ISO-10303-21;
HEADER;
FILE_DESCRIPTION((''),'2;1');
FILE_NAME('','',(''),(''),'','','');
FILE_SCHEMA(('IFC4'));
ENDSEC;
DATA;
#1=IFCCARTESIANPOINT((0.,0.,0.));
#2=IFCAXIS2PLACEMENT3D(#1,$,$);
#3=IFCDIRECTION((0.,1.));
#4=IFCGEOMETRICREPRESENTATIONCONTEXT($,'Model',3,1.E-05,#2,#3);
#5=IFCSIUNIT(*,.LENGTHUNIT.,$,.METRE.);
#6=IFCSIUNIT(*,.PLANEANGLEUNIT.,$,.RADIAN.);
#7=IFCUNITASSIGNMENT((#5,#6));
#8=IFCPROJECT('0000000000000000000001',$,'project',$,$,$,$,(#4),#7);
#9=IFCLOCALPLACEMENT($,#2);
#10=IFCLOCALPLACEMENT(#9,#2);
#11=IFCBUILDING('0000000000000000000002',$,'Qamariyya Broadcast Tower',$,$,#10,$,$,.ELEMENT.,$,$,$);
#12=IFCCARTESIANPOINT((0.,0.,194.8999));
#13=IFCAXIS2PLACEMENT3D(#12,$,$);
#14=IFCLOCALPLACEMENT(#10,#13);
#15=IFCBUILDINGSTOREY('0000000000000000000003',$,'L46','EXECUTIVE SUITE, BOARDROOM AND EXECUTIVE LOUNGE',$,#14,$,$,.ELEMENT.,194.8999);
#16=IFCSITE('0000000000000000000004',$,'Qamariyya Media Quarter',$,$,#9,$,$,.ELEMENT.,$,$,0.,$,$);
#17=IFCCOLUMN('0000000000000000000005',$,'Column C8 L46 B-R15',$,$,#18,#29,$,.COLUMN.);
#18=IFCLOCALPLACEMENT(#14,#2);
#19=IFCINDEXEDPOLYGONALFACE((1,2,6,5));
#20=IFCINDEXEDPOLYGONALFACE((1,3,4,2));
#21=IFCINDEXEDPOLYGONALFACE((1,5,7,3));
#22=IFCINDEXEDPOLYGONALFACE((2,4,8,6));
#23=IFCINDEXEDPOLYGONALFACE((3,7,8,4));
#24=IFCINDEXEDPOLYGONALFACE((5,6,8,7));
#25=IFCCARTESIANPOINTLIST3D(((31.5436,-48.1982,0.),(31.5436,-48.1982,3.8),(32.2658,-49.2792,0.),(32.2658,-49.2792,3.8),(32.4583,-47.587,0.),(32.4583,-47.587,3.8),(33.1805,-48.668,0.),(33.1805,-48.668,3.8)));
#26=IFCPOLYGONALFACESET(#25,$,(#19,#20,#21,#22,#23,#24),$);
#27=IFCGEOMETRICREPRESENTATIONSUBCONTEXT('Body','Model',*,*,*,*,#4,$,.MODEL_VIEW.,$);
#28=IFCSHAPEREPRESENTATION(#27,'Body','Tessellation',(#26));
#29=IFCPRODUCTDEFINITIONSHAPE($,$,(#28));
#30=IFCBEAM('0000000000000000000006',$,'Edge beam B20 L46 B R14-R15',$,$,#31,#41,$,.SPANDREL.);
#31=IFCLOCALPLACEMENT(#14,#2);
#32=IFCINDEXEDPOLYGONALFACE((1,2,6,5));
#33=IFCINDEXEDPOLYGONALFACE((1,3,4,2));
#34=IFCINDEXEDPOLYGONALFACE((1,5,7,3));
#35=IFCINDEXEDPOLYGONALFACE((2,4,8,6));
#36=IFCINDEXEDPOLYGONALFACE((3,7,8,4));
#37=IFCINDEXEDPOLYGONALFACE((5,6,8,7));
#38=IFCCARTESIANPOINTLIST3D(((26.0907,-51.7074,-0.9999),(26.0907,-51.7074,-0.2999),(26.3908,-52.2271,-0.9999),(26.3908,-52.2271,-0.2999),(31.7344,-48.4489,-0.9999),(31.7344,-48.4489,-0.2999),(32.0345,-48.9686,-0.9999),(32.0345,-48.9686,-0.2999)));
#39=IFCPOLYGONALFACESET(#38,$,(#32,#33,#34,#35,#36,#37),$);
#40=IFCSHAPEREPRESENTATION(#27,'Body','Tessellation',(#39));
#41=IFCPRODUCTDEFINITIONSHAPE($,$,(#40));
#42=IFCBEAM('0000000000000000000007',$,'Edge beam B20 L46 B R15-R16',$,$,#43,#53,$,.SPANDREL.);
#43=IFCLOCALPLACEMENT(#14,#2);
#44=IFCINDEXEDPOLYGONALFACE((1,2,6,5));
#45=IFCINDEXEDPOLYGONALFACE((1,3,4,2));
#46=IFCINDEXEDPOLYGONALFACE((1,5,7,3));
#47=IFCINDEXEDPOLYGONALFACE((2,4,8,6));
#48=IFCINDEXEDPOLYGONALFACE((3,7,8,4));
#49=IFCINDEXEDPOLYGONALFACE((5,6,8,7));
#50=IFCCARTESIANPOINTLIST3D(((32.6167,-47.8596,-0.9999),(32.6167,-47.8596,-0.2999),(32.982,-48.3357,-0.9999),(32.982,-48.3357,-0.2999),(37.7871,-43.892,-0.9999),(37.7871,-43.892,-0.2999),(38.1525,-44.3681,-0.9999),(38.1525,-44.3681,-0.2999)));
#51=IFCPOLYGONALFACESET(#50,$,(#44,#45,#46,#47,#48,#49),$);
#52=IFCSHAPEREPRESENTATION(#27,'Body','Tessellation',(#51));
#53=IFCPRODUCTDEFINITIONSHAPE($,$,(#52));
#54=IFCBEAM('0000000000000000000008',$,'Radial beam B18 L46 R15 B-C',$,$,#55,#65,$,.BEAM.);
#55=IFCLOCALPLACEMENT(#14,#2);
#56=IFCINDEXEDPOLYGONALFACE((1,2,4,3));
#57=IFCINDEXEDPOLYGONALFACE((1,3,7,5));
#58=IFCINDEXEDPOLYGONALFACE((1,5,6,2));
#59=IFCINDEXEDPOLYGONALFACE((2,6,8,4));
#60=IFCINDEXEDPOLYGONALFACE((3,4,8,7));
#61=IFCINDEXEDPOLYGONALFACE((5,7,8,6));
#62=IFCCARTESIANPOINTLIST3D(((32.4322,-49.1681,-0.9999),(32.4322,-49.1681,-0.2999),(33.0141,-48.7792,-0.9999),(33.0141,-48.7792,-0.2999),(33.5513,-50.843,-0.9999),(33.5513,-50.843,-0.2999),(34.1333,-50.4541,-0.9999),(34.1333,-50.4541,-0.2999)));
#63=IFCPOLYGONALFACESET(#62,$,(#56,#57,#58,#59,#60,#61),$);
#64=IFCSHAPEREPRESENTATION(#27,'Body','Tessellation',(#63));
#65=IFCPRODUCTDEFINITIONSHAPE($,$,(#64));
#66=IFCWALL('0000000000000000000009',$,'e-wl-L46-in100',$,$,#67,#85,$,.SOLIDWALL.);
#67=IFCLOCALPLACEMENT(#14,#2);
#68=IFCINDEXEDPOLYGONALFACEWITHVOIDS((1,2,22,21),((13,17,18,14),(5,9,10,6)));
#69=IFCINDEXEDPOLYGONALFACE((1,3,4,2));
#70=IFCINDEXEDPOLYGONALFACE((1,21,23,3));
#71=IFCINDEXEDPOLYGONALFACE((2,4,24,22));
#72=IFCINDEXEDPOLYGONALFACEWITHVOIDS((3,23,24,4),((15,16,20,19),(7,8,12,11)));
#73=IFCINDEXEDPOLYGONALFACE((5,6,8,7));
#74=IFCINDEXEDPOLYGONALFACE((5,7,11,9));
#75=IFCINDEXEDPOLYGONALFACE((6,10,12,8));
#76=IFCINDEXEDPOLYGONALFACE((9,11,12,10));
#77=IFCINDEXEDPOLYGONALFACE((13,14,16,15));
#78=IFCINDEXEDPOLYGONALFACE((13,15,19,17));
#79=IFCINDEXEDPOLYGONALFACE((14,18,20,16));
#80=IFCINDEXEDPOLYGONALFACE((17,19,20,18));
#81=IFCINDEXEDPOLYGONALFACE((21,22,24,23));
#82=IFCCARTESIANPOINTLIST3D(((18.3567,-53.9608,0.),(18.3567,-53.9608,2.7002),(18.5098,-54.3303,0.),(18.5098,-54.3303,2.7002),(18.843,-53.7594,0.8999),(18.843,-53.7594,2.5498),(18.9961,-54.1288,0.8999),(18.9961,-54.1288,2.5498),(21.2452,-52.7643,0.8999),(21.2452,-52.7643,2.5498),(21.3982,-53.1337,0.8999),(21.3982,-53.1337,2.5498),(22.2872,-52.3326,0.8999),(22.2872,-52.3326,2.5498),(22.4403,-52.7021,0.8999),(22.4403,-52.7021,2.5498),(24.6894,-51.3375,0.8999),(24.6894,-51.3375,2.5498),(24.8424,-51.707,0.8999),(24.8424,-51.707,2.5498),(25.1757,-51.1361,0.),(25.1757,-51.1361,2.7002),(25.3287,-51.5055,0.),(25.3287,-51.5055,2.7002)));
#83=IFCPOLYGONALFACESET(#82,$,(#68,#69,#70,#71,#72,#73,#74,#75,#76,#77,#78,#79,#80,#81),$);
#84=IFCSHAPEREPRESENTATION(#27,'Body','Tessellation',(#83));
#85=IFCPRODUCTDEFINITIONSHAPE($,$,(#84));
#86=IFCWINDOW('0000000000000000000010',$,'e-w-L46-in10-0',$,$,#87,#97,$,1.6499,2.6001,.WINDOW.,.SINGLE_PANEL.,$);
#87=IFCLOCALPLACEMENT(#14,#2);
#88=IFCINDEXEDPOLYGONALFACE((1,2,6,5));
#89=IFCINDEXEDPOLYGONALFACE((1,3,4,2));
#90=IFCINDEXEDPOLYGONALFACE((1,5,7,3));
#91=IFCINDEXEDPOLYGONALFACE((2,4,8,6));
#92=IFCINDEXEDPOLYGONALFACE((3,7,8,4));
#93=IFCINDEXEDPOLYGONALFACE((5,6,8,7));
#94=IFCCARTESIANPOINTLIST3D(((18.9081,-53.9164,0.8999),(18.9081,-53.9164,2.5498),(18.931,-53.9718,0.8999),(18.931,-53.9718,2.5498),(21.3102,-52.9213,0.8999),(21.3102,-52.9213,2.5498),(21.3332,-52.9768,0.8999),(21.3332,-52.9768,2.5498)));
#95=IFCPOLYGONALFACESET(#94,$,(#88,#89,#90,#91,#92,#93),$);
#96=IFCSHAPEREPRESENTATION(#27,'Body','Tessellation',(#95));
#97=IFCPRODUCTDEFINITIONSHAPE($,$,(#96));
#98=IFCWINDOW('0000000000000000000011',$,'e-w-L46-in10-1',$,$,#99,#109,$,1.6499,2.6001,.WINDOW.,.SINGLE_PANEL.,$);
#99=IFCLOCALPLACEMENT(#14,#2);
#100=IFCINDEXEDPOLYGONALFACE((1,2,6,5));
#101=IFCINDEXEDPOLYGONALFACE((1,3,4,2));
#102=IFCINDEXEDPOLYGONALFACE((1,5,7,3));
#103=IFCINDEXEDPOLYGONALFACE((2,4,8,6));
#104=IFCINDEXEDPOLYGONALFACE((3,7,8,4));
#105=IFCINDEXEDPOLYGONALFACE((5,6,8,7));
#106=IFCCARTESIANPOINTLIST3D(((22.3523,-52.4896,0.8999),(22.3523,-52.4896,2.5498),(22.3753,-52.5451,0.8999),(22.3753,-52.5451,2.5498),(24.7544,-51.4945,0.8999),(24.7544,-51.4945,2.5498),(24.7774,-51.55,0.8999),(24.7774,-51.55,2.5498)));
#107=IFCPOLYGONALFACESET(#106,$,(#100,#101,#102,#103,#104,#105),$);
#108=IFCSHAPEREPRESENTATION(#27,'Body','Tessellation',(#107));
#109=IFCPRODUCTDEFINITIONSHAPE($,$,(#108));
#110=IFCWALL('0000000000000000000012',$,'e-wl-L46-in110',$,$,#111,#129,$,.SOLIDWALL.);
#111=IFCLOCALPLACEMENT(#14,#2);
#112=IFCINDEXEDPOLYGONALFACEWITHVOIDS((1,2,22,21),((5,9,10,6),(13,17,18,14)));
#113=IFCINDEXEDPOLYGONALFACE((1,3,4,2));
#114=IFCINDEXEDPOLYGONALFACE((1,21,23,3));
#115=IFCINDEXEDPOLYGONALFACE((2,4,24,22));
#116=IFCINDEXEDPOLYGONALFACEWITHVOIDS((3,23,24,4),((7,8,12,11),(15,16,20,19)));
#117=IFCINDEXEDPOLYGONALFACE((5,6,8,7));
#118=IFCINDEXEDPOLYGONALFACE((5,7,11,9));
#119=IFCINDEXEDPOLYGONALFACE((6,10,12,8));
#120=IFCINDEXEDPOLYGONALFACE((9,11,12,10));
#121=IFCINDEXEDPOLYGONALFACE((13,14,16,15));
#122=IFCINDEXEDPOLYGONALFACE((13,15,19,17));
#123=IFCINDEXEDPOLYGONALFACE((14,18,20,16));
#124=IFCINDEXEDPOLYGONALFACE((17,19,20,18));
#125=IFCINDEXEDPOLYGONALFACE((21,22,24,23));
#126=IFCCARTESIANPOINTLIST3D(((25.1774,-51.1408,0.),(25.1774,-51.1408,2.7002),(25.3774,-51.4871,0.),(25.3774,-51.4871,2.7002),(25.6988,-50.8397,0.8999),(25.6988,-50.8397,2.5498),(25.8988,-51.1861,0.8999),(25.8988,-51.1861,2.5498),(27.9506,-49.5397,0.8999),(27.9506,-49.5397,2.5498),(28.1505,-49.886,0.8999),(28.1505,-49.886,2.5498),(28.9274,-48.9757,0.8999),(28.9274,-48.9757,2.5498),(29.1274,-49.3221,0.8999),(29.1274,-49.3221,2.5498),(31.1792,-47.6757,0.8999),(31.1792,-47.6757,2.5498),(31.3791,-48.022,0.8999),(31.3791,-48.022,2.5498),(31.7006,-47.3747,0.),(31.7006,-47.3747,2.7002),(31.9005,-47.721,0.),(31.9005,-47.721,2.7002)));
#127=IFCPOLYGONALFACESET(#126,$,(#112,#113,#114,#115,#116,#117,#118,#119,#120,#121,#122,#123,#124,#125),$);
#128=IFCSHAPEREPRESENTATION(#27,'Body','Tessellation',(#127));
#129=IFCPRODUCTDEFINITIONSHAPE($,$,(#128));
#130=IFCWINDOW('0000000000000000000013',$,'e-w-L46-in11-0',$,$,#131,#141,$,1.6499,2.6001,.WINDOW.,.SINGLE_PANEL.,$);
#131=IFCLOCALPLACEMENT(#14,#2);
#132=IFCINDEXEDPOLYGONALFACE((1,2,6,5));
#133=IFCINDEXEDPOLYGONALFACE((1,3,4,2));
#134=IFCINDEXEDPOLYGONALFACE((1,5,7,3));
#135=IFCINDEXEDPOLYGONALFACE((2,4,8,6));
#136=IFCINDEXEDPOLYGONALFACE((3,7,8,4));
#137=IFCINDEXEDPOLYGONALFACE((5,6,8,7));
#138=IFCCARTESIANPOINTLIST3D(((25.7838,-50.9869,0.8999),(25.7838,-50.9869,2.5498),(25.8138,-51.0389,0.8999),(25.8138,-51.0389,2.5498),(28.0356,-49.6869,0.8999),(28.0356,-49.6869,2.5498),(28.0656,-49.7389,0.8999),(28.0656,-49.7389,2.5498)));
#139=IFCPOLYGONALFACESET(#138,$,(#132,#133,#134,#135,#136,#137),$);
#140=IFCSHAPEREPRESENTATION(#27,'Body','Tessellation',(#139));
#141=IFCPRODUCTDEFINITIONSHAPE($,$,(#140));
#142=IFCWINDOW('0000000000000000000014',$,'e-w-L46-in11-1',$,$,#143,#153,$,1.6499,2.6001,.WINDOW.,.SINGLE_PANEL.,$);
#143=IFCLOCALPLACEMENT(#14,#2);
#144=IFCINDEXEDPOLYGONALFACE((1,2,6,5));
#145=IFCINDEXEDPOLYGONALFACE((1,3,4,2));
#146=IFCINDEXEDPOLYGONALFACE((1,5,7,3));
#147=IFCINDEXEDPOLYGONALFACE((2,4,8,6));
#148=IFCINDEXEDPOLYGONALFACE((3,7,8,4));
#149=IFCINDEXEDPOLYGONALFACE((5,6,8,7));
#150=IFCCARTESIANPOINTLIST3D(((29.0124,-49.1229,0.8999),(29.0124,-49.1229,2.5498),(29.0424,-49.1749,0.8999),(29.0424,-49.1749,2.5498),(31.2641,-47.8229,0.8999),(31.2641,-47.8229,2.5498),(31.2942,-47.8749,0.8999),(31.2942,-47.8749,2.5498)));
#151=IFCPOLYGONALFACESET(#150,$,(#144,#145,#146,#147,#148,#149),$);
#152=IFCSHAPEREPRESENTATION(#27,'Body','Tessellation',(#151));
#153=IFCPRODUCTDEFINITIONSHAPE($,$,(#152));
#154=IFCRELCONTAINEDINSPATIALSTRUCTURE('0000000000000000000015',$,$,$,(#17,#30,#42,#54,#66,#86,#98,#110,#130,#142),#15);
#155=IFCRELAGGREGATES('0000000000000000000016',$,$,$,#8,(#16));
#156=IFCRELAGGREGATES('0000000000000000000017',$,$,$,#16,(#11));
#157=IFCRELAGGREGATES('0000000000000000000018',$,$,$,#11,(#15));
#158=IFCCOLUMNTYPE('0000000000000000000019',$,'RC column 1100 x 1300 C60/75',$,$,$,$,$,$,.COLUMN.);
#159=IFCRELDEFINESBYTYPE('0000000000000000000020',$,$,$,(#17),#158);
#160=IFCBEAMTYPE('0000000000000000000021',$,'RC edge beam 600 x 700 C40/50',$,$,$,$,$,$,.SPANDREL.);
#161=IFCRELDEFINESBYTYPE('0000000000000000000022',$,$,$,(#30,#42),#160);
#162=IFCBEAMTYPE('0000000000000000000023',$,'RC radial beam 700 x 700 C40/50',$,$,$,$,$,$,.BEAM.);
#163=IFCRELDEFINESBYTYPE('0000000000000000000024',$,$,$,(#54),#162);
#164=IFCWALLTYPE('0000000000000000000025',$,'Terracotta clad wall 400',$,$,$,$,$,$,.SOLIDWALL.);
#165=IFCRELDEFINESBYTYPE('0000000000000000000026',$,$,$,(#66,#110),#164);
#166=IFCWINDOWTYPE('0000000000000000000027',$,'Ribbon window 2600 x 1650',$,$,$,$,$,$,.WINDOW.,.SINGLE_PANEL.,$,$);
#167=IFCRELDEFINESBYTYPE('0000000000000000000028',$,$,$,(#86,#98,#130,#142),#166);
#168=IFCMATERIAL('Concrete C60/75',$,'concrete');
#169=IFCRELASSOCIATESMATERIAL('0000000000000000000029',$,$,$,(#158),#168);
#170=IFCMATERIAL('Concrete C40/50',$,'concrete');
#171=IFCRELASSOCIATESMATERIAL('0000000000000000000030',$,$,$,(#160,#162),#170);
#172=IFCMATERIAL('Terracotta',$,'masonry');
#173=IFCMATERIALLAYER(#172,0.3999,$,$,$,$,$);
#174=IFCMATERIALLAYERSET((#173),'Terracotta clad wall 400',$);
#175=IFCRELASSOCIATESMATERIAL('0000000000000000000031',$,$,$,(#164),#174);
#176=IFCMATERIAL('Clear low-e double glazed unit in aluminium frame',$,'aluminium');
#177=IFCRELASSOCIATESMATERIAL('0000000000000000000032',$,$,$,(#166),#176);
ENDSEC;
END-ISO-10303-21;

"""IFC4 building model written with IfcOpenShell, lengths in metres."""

from ifc_helpers import new_model, si_unit, direction, frame, frame_2d, origin, origin_2d, place, context, subcontext, project, spatial, rectangle, extrude, material, layer, layer_set, material_profile, profile_set, type_object, element, fill, save


model = new_model("IFC4")

# Units and contexts
model_context = context("Model", 3, precision=1e-05, world=origin(), true_north=direction((0.0, 1.0)))
body_context = subcontext(model_context, "Body", "Model", "MODEL_VIEW")
ifc_project = project(units=[si_unit("LENGTHUNIT", "METRE"), si_unit("PLANEANGLEUNIT", "RADIAN")], contexts=[model_context])

# Site, building, storey
site_placement = place(None, origin())
site = spatial("IfcSite", under=ifc_project, at=site_placement, Name="Qamariyya Media Quarter", CompositionType="ELEMENT", RefElevation=0.0)
building_placement = place(site_placement, origin())
building = spatial("IfcBuilding", under=site, at=building_placement, Name="Qamariyya Broadcast Tower", CompositionType="ELEMENT")
storey_placement = place(building_placement, frame((0.0, 0.0, 194.8999)))
storey = spatial("IfcBuildingStorey", under=building, at=storey_placement, Name="L46", Description="EXECUTIVE SUITE, BOARDROOM AND EXECUTIVE LOUNGE", CompositionType="ELEMENT", Elevation=194.8999)

# Column
ifc_material_1 = material(Name="Concrete C60/75", Category="concrete")
ifc_material_profile_1 = material_profile(ifc_material_1, rectangle(XDim=1.1001, YDim=1.3, at=origin_2d()))
ifc_profile_set_1 = profile_set([ifc_material_profile_1], Name="Concrete C60/75")
column_type = type_object("IfcColumnType", Name="RC column 1100 x 1300 C60/75", PredefinedType="COLUMN", material=ifc_profile_set_1)
column_placement = place(storey_placement, frame((32.3621, -48.4331, 0.0), z_axis=(0.0, 0.0, 1.0), x_axis=(0.83147, 0.55557, 0.0)))
element("IfcColumn", 1, at=column_placement, inside=storey, type_object=column_type, Name="Column C8 L46 B-R15", PredefinedType="COLUMN", context=body_context, shape_type="SweptSolid", body=[
    extrude(rectangle(XDim=1.1001, YDim=1.3, at=origin_2d()), origin(), (0.0, 0.0, 1.0), 3.8),
])

# Beams
ifc_material_2 = material(Name="Concrete C40/50", Category="concrete")
ifc_material_profile_2 = material_profile(ifc_material_2, rectangle(XDim=0.6001, YDim=0.7, at=origin_2d()))
ifc_profile_set_2 = profile_set([ifc_material_profile_2], Name="Concrete C40/50")
beam_type_1 = type_object("IfcBeamType", Name="RC edge beam 600 x 700 C40/50", PredefinedType="SPANDREL", material=ifc_profile_set_2)
beam_1_placement = place(storey_placement, frame((26.2407, -51.9673, -0.6499), z_axis=(0.866019, 0.500011, 0.0), x_axis=(-0.500011, 0.866019, 0.0)))
element("IfcBeam", 2, at=beam_1_placement, inside=storey, type_object=beam_type_1, Name="Edge beam B20 L46 B R14-R15", PredefinedType="SPANDREL", context=body_context, shape_type="SweptSolid", body=[
    extrude(rectangle(XDim=0.6001, YDim=0.7, at=origin_2d()), origin(), (0.0, 0.0, 1.0), 6.5168),
])
beam_2_placement = place(storey_placement, frame((32.7993, -48.0977, -0.6499), z_axis=(0.793343, 0.608774, 0.0), x_axis=(-0.608774, 0.793343, 0.0)))
element("IfcBeam", 3, at=beam_2_placement, inside=storey, type_object=beam_type_1, Name="Edge beam B20 L46 B R15-R16", PredefinedType="SPANDREL", context=body_context, shape_type="SweptSolid", body=[
    extrude(rectangle(XDim=0.6001, YDim=0.7, at=origin_2d()), origin(), (0.0, 0.0, 1.0), 6.5173),
])
ifc_material_profile_3 = material_profile(ifc_material_2, rectangle(XDim=0.7, YDim=0.7, at=origin_2d()))
ifc_profile_set_3 = profile_set([ifc_material_profile_3], Name="Concrete C40/50")
beam_type_2 = type_object("IfcBeamType", Name="RC radial beam 700 x 700 C40/50", PredefinedType="BEAM", material=ifc_profile_set_3)
beam_3_placement = place(storey_placement, frame((32.7231, -48.9736, -0.6499), z_axis=(0.555595, -0.831453, 0.0), x_axis=(0.831453, 0.555595, 0.0)))
element("IfcBeam", 4, at=beam_3_placement, inside=storey, type_object=beam_type_2, Name="Radial beam B18 L46 R15 B-C", PredefinedType="BEAM", context=body_context, shape_type="SweptSolid", body=[
    extrude(rectangle(XDim=0.7, YDim=0.7, at=origin_2d()), origin(), (0.0, 0.0, 1.0), 2.0144),
])

# Walls, openings, windows
ifc_material_3 = material(Name="Terracotta", Category="masonry")
ifc_layer = layer(ifc_material_3, 0.3999)
ifc_layer_set = layer_set([ifc_layer], Name="Terracotta clad wall 400")
wall_type = type_object("IfcWallType", Name="Terracotta clad wall 400", PredefinedType="SOLIDWALL", material=ifc_layer_set)
wall_1_placement = place(storey_placement, frame((25.2522, -51.3208, 0.0), z_axis=(0.0, 0.0, 1.0), x_axis=(-0.923868, -0.382712, 0.0)))
wall_1 = element("IfcWall", 5, at=wall_1_placement, inside=storey, type_object=wall_type, Name="e-wl-L46-in100", PredefinedType="SOLIDWALL", context=body_context, shape_type="SweptSolid", body=[
    extrude(rectangle(XDim=7.3809, YDim=0.3999, at=frame_2d((3.6904, 0.0))), origin(), (0.0, 0.0, 1.0), 2.7002),
])
opening_1_placement = place(wall_1_placement, frame((4.2544, 0.0, 0.8999)))
opening_1 = element("IfcOpeningElement", 6, at=opening_1_placement, cuts=wall_1, PredefinedType="OPENING", context=body_context, shape_type="SweptSolid", body=[
    extrude(rectangle(XDim=2.6001, YDim=1.6499, at=frame_2d((1.3, 0.825))), frame((0.0, 0.21, 0.0), z_axis=(0.0, -1.0, 0.0), x_axis=(1.0, 0.0, 0.0)), (0.0, 0.0, 1.0), 0.4199),
])
opening_2_placement = place(wall_1_placement, frame((0.5264, 0.0, 0.8999)))
opening_2 = element("IfcOpeningElement", 7, at=opening_2_placement, cuts=wall_1, PredefinedType="OPENING", context=body_context, shape_type="SweptSolid", body=[
    extrude(rectangle(XDim=2.6001, YDim=1.6499, at=frame_2d((1.3, 0.825))), frame((0.0, 0.21, 0.0), z_axis=(0.0, -1.0, 0.0), x_axis=(1.0, 0.0, 0.0)), (0.0, 0.0, 1.0), 0.4199),
])
ifc_material_4 = material(Name="Clear low-e double glazed unit in aluminium frame", Category="aluminium")
window_type = type_object("IfcWindowType", Name="Ribbon window 2600 x 1650", PartitioningType="SINGLE_PANEL", PredefinedType="WINDOW", material=ifc_material_4)
window_1_placement = place(opening_1_placement, origin())
window_1 = element("IfcWindow", 8, at=window_1_placement, inside=storey, type_object=window_type, Name="e-w-L46-in10-0", OverallHeight=1.6499, OverallWidth=2.6001, PartitioningType="SINGLE_PANEL", PredefinedType="WINDOW", context=body_context, shape_type="SweptSolid", body=[
    extrude(rectangle(XDim=2.6001, YDim=1.6499, at=frame_2d((1.3, 0.825))), frame((0.0, 0.03, 0.0), z_axis=(0.0, -1.0, 0.0), x_axis=(1.0, 0.0, 0.0)), (0.0, 0.0, 1.0), 0.0601),
])
fill(opening_1, window_1)
window_2_placement = place(opening_2_placement, origin())
window_2 = element("IfcWindow", 9, at=window_2_placement, inside=storey, type_object=window_type, Name="e-w-L46-in10-1", OverallHeight=1.6499, OverallWidth=2.6001, PartitioningType="SINGLE_PANEL", PredefinedType="WINDOW", context=body_context, shape_type="SweptSolid", body=[
    extrude(rectangle(XDim=2.6001, YDim=1.6499, at=frame_2d((1.3, 0.825))), frame((0.0, 0.03, 0.0), z_axis=(0.0, -1.0, 0.0), x_axis=(1.0, 0.0, 0.0)), (0.0, 0.0, 1.0), 0.0601),
])
fill(opening_2, window_2)
wall_2_placement = place(storey_placement, frame((31.8005, -47.5479, 0.0), z_axis=(0.0, 0.0, 1.0), x_axis=(-0.866029, -0.499995, 0.0)))
wall_2 = element("IfcWall", 10, at=wall_2_placement, inside=storey, type_object=wall_type, Name="e-wl-L46-in110", PredefinedType="SOLIDWALL", context=body_context, shape_type="SweptSolid", body=[
    extrude(rectangle(XDim=7.5322, YDim=0.3999, at=frame_2d((3.7661, 0.0))), origin(), (0.0, 0.0, 1.0), 2.7002),
])
opening_3_placement = place(wall_2_placement, frame((4.3301, 0.0, 0.8999)))
opening_3 = element("IfcOpeningElement", 11, at=opening_3_placement, cuts=wall_2, PredefinedType="OPENING", context=body_context, shape_type="SweptSolid", body=[
    extrude(rectangle(XDim=2.6001, YDim=1.6499, at=frame_2d((1.3, 0.825))), frame((0.0, 0.21, 0.0), z_axis=(0.0, -1.0, 0.0), x_axis=(1.0, 0.0, 0.0)), (0.0, 0.0, 1.0), 0.4199),
])
opening_4_placement = place(wall_2_placement, frame((0.6021, 0.0, 0.8999)))
opening_4 = element("IfcOpeningElement", 12, at=opening_4_placement, cuts=wall_2, PredefinedType="OPENING", context=body_context, shape_type="SweptSolid", body=[
    extrude(rectangle(XDim=2.6001, YDim=1.6499, at=frame_2d((1.3, 0.825))), frame((0.0, 0.21, 0.0), z_axis=(0.0, -1.0, 0.0), x_axis=(1.0, 0.0, 0.0)), (0.0, 0.0, 1.0), 0.4199),
])
window_3_placement = place(opening_3_placement, origin())
window_3 = element("IfcWindow", 13, at=window_3_placement, inside=storey, type_object=window_type, Name="e-w-L46-in11-0", OverallHeight=1.6499, OverallWidth=2.6001, PartitioningType="SINGLE_PANEL", PredefinedType="WINDOW", context=body_context, shape_type="SweptSolid", body=[
    extrude(rectangle(XDim=2.6001, YDim=1.6499, at=frame_2d((1.3, 0.825))), frame((0.0, 0.03, 0.0), z_axis=(0.0, -1.0, 0.0), x_axis=(1.0, 0.0, 0.0)), (0.0, 0.0, 1.0), 0.0601),
])
fill(opening_3, window_3)
window_4_placement = place(opening_4_placement, origin())
window_4 = element("IfcWindow", 14, at=window_4_placement, inside=storey, type_object=window_type, Name="e-w-L46-in11-1", OverallHeight=1.6499, OverallWidth=2.6001, PartitioningType="SINGLE_PANEL", PredefinedType="WINDOW", context=body_context, shape_type="SweptSolid", body=[
    extrude(rectangle(XDim=2.6001, YDim=1.6499, at=frame_2d((1.3, 0.825))), frame((0.0, 0.03, 0.0), z_axis=(0.0, -1.0, 0.0), x_axis=(1.0, 0.0, 0.0)), (0.0, 0.0, 1.0), 0.0601),
])
fill(opening_4, window_4)

save(model, "model.ifc")
